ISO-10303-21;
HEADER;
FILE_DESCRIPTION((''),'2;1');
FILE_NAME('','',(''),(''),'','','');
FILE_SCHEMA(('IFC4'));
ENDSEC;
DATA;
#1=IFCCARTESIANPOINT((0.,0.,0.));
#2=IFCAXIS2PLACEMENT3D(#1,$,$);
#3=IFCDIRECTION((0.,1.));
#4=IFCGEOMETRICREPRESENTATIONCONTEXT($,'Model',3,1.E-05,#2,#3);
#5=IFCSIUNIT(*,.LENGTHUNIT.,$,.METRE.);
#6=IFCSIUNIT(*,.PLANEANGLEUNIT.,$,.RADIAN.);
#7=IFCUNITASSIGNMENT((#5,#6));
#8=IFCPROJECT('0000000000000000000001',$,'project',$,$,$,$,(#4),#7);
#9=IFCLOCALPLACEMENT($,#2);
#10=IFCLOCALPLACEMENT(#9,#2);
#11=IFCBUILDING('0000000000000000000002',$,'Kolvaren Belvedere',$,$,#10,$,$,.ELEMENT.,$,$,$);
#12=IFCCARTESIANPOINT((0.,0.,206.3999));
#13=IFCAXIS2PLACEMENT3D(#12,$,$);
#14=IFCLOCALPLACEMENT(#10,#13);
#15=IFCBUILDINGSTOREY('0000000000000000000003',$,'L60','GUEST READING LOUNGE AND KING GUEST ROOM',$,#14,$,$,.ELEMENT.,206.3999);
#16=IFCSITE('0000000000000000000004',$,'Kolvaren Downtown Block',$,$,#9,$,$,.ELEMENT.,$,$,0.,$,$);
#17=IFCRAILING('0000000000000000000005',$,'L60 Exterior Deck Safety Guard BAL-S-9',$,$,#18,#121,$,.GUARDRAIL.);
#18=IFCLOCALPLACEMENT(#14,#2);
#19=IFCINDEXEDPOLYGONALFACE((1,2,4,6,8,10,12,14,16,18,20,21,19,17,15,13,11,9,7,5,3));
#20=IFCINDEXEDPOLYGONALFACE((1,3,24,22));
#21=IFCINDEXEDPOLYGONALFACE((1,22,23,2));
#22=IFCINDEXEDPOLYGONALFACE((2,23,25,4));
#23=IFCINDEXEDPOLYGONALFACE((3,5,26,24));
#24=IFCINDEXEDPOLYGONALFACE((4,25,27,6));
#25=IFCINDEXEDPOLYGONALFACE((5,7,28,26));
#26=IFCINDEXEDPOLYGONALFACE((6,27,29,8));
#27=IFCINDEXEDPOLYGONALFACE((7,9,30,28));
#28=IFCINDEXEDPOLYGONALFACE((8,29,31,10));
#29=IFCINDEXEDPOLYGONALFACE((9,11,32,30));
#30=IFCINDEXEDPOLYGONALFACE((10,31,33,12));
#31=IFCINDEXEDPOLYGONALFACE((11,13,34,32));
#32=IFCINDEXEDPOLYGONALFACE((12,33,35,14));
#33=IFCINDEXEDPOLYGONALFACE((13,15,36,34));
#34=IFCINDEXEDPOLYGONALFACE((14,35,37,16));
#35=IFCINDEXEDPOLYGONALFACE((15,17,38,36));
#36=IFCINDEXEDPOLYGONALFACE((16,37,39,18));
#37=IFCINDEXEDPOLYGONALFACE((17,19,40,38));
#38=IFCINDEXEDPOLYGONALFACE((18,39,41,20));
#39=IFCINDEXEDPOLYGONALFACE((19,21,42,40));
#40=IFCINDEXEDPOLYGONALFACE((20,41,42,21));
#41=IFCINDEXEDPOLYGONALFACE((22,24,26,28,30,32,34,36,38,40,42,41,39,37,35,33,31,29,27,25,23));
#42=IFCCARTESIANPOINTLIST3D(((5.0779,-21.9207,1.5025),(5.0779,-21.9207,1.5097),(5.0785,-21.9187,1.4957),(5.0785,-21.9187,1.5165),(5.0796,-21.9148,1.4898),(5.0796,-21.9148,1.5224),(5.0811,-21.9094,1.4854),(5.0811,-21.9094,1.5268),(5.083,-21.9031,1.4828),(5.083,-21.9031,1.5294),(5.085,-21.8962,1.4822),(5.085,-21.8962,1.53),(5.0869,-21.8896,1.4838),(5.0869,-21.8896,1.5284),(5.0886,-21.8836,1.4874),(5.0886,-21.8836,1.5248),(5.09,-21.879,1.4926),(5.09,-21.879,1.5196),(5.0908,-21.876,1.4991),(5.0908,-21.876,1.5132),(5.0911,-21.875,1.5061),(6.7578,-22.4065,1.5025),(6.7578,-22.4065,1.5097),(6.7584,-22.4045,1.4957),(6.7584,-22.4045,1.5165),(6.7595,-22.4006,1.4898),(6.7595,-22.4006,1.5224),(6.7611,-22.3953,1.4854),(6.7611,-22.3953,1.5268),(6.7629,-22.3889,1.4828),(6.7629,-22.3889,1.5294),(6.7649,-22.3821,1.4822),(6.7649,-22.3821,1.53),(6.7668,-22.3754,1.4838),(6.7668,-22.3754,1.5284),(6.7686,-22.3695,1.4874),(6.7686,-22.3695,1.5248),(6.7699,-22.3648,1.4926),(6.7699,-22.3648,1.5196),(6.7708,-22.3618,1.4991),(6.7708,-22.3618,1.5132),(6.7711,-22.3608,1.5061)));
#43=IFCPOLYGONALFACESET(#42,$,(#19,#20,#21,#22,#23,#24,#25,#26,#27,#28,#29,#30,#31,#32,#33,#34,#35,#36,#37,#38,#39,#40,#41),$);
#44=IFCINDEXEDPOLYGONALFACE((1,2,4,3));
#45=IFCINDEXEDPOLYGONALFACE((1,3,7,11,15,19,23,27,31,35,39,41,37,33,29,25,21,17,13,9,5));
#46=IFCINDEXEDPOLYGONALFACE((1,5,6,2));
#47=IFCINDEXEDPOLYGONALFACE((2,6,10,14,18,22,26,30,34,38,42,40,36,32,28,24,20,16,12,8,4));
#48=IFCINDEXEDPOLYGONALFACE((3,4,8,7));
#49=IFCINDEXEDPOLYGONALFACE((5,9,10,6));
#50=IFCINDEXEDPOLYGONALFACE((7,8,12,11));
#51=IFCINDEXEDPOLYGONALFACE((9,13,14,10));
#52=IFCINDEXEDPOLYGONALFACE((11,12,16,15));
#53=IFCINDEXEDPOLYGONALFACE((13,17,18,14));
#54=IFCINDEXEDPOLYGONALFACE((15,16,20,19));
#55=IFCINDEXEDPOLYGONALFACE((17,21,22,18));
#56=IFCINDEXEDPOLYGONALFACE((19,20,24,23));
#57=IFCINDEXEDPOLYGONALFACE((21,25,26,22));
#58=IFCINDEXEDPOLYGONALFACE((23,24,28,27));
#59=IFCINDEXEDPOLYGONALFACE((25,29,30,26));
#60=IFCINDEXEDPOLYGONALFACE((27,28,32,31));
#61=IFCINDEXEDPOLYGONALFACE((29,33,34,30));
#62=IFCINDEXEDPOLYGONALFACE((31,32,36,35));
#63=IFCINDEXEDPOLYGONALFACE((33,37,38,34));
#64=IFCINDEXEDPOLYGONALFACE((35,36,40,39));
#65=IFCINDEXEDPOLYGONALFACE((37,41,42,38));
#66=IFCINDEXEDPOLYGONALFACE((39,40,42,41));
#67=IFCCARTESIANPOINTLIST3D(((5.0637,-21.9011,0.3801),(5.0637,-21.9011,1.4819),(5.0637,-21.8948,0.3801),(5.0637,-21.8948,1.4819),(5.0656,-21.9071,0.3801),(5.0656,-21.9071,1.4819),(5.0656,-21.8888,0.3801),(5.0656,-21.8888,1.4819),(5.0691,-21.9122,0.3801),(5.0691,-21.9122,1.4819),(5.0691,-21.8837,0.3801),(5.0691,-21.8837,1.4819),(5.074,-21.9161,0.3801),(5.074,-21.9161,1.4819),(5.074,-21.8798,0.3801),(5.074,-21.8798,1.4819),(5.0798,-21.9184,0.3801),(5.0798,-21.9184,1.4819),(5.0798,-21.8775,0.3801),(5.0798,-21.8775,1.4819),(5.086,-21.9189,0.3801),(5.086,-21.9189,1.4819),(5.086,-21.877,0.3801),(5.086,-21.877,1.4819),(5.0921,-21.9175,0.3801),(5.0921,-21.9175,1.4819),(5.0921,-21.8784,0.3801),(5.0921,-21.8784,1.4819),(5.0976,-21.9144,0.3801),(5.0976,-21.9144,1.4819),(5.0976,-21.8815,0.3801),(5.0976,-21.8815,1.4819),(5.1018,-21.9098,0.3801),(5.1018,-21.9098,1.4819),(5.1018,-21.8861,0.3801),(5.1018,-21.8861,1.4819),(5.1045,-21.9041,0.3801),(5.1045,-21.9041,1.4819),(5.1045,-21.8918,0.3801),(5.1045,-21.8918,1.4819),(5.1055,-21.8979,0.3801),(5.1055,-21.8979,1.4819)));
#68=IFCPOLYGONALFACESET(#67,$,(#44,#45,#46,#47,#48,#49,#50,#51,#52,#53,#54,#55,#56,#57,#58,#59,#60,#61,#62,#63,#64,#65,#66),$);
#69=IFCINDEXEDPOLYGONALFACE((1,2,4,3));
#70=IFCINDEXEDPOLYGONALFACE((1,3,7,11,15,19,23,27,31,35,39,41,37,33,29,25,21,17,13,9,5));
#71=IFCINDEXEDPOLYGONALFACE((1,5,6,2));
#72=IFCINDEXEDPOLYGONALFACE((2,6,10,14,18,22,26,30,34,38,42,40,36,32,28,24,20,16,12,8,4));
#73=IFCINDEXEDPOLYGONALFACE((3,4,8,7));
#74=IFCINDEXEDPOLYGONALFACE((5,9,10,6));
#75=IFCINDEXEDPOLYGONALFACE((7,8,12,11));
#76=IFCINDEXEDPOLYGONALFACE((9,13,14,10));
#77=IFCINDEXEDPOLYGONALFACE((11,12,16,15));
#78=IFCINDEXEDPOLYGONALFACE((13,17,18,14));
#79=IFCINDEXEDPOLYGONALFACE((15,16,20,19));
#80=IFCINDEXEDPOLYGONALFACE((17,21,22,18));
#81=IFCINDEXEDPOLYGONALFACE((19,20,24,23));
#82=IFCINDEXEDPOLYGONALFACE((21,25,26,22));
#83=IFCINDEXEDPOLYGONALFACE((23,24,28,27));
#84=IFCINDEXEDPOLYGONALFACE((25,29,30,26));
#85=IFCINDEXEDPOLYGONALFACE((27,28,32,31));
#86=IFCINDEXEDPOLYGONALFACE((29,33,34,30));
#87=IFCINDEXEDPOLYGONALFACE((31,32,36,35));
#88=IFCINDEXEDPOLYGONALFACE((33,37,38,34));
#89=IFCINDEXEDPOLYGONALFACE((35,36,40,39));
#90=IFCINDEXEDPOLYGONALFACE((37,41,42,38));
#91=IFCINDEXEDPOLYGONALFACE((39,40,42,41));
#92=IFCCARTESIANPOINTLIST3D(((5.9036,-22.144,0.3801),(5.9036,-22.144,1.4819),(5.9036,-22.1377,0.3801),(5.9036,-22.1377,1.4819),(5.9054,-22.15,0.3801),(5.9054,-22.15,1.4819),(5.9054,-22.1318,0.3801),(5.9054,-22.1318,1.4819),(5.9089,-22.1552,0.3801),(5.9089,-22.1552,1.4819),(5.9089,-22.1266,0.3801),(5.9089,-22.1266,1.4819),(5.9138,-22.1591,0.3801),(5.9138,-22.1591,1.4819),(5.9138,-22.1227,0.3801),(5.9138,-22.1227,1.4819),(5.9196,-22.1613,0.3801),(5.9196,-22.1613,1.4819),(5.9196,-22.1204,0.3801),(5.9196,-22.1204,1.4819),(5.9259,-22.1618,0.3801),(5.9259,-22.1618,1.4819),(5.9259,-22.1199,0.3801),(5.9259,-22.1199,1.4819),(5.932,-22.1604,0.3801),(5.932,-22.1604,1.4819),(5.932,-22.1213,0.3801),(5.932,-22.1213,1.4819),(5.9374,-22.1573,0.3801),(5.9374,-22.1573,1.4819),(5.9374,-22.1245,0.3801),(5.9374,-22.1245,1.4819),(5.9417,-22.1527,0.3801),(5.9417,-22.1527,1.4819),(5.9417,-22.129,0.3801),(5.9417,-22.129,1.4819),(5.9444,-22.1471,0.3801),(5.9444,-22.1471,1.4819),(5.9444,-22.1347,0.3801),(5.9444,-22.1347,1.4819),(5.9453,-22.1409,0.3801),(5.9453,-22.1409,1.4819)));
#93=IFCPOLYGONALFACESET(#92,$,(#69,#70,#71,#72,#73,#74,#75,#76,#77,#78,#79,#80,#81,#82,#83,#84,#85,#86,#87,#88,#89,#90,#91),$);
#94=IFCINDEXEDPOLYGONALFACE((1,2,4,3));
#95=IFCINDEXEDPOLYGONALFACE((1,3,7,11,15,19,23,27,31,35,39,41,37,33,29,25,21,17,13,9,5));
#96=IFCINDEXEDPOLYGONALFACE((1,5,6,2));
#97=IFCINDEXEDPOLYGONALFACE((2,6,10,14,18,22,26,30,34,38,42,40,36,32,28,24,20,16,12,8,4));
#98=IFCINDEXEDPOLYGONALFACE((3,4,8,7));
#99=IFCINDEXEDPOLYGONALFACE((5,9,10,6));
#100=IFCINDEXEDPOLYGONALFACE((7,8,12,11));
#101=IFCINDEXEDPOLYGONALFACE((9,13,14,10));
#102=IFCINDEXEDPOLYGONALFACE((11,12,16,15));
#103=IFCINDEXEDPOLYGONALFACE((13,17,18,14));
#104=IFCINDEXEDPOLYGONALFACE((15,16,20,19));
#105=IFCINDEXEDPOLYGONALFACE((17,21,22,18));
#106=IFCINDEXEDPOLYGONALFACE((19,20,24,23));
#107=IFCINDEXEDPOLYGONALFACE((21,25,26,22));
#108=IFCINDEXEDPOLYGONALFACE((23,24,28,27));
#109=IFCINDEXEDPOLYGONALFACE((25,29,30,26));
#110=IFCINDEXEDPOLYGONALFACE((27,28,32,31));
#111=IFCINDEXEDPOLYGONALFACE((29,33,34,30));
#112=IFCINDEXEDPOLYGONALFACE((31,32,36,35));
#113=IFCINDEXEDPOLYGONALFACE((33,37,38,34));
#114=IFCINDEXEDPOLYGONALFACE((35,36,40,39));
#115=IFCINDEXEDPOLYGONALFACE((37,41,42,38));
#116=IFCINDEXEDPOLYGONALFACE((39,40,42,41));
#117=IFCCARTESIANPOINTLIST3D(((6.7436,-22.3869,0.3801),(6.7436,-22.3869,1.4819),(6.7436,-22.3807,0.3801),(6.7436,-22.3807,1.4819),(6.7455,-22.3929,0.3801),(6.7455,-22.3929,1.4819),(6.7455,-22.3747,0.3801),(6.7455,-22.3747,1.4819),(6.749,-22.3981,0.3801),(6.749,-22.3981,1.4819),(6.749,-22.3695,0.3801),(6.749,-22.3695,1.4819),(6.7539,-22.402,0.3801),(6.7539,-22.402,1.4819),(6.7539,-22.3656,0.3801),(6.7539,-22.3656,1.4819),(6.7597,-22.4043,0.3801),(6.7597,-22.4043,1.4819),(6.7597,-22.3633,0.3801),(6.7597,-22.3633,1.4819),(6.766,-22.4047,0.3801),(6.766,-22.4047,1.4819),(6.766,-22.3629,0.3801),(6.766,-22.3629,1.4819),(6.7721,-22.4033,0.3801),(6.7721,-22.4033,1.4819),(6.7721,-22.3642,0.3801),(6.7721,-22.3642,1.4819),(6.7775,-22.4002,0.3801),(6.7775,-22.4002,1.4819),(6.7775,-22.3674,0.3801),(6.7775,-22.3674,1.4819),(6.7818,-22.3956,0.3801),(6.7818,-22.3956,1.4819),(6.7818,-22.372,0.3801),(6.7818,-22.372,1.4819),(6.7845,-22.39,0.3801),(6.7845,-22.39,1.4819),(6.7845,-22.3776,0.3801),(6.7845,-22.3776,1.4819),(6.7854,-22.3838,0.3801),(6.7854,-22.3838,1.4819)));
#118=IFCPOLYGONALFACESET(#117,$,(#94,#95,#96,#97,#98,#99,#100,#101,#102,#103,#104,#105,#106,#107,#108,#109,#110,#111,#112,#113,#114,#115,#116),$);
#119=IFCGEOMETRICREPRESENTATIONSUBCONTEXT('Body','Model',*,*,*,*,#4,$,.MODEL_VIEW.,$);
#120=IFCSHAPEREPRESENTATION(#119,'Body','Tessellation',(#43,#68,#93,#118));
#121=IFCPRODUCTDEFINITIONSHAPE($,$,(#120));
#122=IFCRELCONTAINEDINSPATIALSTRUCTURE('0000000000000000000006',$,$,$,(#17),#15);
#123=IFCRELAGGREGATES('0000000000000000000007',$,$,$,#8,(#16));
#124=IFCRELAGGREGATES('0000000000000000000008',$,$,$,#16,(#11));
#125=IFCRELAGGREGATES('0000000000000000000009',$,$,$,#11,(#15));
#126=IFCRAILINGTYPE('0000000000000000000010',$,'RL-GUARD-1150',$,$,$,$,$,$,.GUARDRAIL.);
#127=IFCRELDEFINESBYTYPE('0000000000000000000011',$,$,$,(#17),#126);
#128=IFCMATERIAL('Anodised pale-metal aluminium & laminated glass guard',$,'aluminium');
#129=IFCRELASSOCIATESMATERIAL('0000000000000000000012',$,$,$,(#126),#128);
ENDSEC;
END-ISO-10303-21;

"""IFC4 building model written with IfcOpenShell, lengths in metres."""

from ifc_helpers import new_model, si_unit, direction, frame, origin, origin_2d, place, context, subcontext, project, spatial, circle, extrude, material, type_object, element, save


model = new_model("IFC4")

# Units and contexts
model_context = context("Model", 3, precision=1e-05, world=origin(), true_north=direction((0.0, 1.0)))
body_context = subcontext(model_context, "Body", "Model", "MODEL_VIEW")
ifc_project = project(units=[si_unit("LENGTHUNIT", "METRE"), si_unit("PLANEANGLEUNIT", "RADIAN")], contexts=[model_context])

# Site, building, storey
site_placement = place(None, origin())
site = spatial("IfcSite", under=ifc_project, at=site_placement, Name="Kolvaren Downtown Block", CompositionType="ELEMENT", RefElevation=0.0)
building_placement = place(site_placement, origin())
building = spatial("IfcBuilding", under=site, at=building_placement, Name="Kolvaren Belvedere", CompositionType="ELEMENT")
storey_placement = place(building_placement, frame((0.0, 0.0, 206.3999)))
storey = spatial("IfcBuildingStorey", under=building, at=storey_placement, Name="L60", Description="GUEST READING LOUNGE AND KING GUEST ROOM", CompositionType="ELEMENT", Elevation=206.3999)

# Railing
ifc_material_1 = material(Name="Anodised pale-metal aluminium & laminated glass guard", Category="aluminium")
railing_type = type_object("IfcRailingType", Name="RL-GUARD-1150", PredefinedType="GUARDRAIL", material=ifc_material_1)
railing_1_placement = place(storey_placement, frame((5.0845, -21.8979, 0.3801)))
element("IfcRailing", 1, at=railing_1_placement, inside=storey, type_object=railing_type, Name="L60 Exterior Deck Safety Guard BAL-S-9", PredefinedType="GUARDRAIL", context=body_context, shape_type="SweptSolid", body=[
    extrude(circle(Radius=0.0239, at=origin_2d()), frame((0.0, 0.0, 1.126), z_axis=(0.960634, -0.277817, 0.0), x_axis=(0.277817, 0.960634, 0.0)), (0.0, 0.0, 1.0), 1.7488),
    extrude(circle(Radius=0.021, at=origin_2d()), origin(), (0.0, 0.0, 1.0), 1.1018),
    extrude(circle(Radius=0.021, at=origin_2d()), frame((0.8398, -0.2429, 0.0)), (0.0, 0.0, 1.0), 1.1018),
    extrude(circle(Radius=0.021, at=origin_2d()), frame((1.6799, -0.4858, 0.0)), (0.0, 0.0, 1.0), 1.1018),
])

save(model, "model.ifc")
